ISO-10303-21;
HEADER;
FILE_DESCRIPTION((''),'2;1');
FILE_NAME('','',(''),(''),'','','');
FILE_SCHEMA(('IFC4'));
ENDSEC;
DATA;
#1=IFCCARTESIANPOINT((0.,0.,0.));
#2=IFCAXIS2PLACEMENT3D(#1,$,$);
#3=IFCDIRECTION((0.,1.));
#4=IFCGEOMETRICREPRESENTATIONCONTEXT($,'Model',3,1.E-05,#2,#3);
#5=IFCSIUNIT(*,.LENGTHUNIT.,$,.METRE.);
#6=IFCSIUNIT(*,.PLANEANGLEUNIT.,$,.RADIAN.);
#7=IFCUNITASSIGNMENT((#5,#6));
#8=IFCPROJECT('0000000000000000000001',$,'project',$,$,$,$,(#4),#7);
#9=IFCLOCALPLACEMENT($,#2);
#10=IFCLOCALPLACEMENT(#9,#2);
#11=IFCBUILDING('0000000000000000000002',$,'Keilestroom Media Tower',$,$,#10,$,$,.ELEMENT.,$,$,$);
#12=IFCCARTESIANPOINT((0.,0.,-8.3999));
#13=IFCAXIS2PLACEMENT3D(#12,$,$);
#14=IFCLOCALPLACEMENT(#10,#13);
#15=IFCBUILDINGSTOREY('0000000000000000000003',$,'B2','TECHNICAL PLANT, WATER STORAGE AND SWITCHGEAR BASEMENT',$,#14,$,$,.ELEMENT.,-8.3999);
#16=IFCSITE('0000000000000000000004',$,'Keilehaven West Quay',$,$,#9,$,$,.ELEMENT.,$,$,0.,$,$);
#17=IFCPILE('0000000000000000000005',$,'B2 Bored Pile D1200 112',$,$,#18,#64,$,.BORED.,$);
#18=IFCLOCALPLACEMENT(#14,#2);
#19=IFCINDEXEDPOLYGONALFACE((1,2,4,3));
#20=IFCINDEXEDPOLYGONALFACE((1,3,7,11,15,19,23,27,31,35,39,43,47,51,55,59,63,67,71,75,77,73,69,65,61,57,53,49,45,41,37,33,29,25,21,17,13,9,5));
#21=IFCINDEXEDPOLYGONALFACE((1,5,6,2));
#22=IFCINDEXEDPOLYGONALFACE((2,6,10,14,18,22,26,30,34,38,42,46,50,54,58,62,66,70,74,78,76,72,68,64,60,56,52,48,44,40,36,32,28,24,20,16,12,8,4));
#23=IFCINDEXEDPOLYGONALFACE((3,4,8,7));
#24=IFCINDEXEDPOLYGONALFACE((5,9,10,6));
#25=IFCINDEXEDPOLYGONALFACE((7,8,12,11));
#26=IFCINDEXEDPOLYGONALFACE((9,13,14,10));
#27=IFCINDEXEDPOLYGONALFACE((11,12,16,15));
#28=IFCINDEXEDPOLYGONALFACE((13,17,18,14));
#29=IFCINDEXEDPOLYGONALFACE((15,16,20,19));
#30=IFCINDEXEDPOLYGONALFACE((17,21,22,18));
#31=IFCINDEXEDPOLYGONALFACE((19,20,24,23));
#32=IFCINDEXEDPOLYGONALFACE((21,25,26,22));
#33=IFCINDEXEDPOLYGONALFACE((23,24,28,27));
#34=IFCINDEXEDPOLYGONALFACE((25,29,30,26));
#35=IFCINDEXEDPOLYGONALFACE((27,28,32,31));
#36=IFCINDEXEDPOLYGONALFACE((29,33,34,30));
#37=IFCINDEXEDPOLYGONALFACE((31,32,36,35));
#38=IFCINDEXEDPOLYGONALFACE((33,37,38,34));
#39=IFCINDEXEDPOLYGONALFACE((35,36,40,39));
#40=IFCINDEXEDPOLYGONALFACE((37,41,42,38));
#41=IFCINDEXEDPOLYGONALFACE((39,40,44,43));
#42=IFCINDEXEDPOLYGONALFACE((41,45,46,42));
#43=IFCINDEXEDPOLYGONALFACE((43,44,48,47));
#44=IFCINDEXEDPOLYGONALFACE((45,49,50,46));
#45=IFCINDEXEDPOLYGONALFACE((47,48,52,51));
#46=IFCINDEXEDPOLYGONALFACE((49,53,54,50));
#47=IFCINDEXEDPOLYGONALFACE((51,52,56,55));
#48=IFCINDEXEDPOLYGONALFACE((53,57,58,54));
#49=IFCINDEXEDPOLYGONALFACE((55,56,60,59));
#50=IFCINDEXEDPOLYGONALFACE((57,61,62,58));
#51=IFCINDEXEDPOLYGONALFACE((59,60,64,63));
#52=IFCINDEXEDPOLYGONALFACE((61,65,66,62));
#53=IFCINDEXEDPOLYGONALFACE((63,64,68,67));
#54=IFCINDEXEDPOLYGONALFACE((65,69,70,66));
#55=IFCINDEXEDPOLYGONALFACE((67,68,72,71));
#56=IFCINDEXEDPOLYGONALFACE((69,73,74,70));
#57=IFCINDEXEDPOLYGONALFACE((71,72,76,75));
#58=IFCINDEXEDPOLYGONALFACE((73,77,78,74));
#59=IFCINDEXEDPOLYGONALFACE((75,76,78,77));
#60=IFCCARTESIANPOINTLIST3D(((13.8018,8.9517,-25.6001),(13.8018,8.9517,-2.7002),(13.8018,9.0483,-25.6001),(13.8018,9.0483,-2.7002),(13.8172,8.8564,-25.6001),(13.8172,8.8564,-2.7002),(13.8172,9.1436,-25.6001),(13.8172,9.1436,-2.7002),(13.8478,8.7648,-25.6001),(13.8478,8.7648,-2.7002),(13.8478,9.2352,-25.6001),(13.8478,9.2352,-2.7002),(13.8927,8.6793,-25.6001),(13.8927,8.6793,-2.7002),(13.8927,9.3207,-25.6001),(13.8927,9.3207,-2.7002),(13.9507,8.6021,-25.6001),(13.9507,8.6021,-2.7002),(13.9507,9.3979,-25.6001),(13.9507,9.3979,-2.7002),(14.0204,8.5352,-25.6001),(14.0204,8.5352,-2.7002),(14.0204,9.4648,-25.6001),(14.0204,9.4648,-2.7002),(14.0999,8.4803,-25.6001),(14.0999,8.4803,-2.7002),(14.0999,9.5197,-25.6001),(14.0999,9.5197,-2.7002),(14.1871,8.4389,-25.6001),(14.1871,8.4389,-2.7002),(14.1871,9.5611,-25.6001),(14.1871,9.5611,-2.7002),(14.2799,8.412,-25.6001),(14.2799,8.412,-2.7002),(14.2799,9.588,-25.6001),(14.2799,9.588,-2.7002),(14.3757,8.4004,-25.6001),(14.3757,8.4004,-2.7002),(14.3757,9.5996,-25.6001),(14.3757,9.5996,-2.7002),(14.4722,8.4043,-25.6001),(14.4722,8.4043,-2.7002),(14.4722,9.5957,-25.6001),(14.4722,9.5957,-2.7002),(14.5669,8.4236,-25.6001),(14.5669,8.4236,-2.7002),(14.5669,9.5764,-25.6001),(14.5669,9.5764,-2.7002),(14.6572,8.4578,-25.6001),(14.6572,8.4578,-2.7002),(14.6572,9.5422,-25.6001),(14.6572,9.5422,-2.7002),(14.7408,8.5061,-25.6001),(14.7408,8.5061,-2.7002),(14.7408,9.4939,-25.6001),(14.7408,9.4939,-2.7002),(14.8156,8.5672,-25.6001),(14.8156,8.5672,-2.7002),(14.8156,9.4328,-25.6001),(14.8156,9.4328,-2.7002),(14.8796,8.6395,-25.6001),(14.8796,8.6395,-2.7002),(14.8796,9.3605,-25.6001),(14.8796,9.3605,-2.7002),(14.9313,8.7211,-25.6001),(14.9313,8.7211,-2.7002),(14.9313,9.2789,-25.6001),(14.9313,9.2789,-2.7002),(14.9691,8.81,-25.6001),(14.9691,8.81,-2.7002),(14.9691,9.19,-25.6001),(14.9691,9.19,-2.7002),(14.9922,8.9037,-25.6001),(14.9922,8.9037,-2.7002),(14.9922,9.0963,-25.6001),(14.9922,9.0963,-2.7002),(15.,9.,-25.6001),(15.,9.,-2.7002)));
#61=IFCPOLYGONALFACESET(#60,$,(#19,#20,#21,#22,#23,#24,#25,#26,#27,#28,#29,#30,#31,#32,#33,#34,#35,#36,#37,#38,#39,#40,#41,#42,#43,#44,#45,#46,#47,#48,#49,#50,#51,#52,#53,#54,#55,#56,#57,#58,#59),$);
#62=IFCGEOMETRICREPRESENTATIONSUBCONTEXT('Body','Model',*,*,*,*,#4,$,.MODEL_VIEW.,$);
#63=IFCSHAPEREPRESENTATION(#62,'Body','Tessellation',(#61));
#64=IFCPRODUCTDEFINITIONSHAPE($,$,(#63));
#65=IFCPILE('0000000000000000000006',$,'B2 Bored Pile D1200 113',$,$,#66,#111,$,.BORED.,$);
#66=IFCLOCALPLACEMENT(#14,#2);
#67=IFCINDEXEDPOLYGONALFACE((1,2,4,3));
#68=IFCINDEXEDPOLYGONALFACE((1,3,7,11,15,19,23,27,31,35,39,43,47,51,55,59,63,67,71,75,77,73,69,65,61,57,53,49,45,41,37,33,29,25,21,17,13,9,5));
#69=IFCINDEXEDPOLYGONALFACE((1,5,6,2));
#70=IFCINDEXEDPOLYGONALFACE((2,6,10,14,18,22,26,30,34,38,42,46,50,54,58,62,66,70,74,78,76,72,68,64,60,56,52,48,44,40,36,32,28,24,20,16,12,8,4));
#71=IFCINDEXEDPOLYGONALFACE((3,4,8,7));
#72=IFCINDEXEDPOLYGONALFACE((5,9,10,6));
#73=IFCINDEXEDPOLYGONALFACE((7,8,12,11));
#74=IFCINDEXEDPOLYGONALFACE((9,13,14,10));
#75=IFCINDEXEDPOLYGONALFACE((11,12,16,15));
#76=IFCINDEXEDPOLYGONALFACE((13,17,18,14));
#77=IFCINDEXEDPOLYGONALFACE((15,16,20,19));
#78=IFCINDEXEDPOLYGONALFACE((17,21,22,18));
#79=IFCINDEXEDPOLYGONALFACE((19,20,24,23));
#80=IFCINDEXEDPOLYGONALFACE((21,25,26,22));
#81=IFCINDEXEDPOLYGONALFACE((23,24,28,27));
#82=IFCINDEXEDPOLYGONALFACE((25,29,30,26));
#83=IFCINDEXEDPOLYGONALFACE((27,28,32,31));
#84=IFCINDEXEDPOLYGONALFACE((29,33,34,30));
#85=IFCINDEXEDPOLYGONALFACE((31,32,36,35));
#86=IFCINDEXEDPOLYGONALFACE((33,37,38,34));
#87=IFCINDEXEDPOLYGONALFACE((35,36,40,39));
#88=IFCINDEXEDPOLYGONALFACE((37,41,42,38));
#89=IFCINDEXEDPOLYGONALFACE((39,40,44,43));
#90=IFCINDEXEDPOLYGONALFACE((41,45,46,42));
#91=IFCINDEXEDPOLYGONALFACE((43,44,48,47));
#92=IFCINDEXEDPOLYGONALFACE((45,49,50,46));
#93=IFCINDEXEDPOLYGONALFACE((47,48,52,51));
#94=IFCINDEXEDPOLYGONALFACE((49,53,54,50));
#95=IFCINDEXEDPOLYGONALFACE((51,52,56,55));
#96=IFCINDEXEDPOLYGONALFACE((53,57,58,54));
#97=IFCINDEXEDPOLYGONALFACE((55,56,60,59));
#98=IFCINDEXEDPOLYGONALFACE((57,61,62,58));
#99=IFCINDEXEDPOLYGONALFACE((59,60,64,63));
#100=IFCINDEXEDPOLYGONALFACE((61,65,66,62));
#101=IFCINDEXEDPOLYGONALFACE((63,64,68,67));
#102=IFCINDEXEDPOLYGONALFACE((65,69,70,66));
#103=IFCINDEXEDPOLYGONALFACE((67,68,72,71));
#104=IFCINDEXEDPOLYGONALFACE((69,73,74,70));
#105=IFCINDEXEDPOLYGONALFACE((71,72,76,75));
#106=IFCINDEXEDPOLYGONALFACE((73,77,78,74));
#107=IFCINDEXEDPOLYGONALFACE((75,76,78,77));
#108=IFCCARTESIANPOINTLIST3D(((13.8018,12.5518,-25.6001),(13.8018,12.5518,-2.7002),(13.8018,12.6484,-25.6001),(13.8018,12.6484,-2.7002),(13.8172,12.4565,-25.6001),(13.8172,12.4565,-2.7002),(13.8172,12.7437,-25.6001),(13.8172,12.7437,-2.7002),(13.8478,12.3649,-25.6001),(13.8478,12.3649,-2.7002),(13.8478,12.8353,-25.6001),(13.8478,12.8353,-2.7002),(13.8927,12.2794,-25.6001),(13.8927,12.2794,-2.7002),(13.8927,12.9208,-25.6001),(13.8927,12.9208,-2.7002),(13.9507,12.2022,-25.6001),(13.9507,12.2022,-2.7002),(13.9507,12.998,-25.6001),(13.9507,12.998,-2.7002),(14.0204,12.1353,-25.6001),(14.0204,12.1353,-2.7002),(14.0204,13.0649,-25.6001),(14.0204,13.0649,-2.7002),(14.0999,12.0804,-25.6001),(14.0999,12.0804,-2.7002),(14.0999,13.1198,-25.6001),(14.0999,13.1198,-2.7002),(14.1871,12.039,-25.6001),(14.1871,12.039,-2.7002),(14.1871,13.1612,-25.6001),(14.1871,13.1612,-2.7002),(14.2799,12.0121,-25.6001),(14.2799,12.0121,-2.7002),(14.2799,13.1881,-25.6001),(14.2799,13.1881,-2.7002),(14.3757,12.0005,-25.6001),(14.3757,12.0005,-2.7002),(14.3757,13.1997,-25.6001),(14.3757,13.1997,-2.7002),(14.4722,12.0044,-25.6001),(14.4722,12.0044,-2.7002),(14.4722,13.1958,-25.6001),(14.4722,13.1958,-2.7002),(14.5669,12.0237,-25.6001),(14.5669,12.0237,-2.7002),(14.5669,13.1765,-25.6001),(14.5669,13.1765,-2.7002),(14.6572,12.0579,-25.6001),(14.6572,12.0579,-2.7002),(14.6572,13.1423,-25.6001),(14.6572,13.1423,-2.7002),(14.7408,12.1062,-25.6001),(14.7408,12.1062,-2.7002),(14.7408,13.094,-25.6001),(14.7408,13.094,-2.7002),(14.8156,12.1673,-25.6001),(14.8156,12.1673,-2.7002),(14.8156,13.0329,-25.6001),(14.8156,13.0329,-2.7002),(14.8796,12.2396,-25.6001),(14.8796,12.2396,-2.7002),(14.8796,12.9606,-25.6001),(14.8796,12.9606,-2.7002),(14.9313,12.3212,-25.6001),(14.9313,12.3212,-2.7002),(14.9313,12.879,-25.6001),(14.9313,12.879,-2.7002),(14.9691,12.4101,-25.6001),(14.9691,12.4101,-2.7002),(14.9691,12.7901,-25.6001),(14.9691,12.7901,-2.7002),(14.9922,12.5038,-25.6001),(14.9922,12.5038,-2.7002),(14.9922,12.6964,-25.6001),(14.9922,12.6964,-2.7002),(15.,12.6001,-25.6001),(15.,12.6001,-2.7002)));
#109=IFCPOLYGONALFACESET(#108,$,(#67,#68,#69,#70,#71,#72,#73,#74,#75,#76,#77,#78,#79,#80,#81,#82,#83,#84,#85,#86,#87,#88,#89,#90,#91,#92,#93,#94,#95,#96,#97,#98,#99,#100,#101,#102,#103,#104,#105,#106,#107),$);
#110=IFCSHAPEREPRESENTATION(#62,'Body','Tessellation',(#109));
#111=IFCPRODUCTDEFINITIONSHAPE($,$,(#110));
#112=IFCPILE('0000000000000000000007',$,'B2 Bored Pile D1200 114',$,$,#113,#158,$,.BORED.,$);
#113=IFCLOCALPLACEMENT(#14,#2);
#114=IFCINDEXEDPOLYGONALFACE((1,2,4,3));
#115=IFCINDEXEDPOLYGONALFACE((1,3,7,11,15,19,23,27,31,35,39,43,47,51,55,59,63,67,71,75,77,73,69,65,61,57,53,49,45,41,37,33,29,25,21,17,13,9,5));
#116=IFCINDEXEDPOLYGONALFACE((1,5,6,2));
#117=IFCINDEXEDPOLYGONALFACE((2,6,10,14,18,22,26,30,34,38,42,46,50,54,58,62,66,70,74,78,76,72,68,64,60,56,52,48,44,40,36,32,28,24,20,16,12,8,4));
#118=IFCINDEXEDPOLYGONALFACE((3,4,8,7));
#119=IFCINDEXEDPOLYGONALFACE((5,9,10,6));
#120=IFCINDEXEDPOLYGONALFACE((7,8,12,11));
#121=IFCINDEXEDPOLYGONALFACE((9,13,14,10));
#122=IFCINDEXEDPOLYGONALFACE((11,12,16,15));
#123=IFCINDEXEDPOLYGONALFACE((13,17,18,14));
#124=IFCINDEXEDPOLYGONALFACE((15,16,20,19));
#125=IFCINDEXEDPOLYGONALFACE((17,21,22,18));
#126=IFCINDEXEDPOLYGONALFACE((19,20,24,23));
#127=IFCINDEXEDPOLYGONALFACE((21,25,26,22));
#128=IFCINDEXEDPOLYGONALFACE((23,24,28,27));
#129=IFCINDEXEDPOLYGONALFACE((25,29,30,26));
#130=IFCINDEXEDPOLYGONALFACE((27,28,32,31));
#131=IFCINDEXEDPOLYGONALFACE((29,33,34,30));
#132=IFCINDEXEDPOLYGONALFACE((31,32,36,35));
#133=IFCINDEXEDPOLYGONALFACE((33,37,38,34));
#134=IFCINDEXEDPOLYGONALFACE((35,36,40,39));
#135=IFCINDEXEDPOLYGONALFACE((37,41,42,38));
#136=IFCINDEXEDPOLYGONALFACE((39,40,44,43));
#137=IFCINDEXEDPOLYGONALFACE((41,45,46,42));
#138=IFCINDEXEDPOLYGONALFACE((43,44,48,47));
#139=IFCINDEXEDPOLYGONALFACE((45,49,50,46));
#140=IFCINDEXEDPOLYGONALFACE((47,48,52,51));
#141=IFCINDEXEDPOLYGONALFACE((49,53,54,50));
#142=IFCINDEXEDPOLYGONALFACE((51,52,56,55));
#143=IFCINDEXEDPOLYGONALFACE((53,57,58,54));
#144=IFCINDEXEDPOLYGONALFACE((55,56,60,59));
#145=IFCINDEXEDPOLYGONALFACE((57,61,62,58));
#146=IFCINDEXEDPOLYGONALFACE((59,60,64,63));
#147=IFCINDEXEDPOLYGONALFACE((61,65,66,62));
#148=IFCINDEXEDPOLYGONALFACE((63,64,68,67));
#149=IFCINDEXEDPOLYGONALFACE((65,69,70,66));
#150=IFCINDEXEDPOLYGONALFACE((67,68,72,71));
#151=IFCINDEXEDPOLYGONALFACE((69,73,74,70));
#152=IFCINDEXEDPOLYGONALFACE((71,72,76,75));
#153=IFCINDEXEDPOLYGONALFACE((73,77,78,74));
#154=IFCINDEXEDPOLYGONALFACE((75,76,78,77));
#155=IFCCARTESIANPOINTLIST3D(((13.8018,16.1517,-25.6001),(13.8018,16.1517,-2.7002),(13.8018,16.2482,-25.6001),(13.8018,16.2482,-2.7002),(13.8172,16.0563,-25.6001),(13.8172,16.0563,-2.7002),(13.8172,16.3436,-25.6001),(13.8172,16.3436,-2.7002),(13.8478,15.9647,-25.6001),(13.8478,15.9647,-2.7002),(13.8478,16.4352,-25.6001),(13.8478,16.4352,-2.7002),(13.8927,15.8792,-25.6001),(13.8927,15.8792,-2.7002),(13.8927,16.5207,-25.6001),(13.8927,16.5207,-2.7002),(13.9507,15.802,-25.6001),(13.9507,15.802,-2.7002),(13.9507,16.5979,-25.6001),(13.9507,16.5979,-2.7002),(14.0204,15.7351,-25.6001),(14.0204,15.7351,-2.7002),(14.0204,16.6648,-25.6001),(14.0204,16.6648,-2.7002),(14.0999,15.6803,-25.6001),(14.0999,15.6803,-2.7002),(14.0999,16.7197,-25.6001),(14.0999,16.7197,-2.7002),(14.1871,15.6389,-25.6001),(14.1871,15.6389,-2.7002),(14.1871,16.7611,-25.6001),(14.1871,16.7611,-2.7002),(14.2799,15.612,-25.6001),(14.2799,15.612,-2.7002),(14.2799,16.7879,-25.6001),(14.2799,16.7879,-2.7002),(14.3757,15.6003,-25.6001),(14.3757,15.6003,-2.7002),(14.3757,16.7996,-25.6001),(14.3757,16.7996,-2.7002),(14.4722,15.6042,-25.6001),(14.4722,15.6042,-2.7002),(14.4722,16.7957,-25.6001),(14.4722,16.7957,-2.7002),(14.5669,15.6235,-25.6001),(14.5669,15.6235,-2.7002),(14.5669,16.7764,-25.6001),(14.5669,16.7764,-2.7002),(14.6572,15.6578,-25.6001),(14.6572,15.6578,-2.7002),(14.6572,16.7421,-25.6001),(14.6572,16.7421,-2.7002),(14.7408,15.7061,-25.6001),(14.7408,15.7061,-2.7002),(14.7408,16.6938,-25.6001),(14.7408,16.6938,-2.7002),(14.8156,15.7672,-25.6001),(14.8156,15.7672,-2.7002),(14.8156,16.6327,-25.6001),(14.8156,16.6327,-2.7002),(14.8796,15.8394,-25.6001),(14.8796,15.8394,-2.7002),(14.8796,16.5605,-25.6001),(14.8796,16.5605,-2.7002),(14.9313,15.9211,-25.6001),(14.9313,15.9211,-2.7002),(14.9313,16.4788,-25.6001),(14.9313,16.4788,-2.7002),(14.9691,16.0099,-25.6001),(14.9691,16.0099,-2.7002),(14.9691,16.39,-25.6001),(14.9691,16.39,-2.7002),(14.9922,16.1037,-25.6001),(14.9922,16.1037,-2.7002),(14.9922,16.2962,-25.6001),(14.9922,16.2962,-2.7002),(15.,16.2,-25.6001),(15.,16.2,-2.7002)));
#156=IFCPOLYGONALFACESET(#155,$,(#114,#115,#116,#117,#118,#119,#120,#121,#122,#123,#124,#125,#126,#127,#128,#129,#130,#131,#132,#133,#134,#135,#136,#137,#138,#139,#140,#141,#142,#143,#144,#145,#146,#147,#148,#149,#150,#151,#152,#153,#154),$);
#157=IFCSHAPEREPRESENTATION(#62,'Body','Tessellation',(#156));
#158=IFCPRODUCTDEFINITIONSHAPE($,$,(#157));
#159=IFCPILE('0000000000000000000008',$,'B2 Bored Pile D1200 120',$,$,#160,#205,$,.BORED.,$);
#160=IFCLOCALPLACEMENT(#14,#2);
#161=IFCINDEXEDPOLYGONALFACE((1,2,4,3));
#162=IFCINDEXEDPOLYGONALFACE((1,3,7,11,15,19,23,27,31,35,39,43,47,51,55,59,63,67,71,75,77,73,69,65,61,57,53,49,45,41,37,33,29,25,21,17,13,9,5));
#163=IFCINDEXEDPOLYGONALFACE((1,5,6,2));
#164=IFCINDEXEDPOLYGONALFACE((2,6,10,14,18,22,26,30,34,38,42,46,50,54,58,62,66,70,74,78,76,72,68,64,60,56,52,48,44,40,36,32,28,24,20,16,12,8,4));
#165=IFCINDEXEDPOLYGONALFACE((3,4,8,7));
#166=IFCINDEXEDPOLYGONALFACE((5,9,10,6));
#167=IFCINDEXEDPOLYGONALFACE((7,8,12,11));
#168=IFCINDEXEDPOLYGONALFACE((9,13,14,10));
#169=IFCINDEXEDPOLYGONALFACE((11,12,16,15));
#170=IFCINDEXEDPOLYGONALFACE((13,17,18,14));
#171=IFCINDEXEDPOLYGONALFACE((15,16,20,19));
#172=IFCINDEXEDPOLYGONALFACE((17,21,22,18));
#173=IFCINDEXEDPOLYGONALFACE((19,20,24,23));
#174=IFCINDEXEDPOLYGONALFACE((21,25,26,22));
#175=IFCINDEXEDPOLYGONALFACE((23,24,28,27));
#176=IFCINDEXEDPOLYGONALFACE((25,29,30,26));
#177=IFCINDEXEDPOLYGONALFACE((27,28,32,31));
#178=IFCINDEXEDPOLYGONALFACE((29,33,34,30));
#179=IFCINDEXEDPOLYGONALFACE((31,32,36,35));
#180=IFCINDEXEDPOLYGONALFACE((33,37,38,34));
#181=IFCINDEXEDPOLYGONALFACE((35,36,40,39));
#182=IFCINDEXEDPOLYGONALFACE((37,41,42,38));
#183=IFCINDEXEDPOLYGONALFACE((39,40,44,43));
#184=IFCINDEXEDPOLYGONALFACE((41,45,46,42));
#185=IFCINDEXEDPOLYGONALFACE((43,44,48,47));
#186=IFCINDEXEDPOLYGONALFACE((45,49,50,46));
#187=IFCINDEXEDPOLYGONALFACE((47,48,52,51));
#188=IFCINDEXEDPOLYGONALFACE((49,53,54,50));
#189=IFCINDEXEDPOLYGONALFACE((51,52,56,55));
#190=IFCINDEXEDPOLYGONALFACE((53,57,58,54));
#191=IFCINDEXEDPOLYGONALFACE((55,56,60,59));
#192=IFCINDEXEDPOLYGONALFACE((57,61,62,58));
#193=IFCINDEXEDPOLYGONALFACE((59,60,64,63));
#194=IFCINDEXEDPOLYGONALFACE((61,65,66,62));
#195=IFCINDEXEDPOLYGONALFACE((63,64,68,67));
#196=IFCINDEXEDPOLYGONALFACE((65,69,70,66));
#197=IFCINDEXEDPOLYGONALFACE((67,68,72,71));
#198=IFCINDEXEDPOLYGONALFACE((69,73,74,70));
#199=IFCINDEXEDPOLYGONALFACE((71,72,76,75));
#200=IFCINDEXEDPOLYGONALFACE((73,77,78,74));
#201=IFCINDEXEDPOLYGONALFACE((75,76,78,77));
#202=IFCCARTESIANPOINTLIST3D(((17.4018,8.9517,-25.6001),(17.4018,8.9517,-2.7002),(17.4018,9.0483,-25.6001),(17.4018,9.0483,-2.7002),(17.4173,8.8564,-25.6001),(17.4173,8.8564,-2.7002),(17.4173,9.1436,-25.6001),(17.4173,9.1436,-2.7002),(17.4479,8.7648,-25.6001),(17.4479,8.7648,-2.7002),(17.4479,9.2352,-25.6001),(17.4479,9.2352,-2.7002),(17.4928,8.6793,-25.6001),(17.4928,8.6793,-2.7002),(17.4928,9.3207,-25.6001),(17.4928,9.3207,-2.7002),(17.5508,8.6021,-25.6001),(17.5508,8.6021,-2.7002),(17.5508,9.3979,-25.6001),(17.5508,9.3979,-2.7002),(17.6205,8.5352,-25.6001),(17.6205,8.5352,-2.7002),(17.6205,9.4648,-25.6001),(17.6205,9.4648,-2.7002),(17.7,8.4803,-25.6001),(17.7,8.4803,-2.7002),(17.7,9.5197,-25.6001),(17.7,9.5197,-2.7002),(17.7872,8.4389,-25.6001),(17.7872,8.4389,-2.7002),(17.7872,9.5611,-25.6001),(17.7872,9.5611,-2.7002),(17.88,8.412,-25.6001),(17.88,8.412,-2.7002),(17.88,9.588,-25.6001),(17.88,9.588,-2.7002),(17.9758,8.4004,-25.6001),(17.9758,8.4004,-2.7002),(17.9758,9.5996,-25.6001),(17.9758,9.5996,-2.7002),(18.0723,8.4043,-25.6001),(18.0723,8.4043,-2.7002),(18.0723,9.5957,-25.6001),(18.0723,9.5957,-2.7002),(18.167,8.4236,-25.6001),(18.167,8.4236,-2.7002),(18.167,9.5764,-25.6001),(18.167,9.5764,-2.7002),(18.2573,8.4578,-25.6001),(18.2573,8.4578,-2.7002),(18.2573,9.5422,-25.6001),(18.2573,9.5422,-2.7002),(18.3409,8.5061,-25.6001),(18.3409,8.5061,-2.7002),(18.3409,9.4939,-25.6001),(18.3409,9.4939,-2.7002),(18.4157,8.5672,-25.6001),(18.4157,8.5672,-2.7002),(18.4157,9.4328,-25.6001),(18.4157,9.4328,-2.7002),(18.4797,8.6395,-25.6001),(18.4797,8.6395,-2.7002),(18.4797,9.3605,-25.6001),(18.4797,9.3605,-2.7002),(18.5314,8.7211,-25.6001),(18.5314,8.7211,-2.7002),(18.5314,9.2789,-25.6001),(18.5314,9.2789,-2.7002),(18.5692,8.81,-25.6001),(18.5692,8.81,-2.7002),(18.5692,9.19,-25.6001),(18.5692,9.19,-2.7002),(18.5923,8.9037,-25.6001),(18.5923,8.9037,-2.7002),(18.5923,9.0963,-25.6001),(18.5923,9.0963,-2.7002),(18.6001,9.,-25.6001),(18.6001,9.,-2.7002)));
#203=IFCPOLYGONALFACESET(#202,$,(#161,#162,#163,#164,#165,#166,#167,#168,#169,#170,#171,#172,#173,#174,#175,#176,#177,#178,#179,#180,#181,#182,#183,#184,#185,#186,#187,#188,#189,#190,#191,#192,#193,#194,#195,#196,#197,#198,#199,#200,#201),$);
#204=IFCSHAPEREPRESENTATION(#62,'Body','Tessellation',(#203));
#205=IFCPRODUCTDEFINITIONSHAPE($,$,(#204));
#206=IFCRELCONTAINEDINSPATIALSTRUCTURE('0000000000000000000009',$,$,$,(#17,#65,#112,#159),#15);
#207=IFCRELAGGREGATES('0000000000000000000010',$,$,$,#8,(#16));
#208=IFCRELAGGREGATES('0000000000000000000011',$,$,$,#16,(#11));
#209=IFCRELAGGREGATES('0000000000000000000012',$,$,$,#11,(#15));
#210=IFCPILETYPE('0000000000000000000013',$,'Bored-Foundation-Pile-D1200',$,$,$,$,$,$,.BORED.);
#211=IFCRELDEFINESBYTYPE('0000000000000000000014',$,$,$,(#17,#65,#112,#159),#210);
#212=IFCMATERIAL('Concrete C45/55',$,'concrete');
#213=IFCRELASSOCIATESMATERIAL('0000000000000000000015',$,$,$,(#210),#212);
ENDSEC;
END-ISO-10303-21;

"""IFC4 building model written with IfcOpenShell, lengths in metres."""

from ifc_helpers import new_model, si_unit, direction, frame, origin, origin_2d, place, context, subcontext, project, spatial, circle, extrude, source, transform, mapped, material, material_profile, profile_set, type_object, element, save


model = new_model("IFC4")

# Units and contexts
model_context = context("Model", 3, precision=1e-05, world=origin(), true_north=direction((0.0, 1.0)))
body_context = subcontext(model_context, "Body", "Model", "MODEL_VIEW")
ifc_project = project(units=[si_unit("LENGTHUNIT", "METRE"), si_unit("PLANEANGLEUNIT", "RADIAN")], contexts=[model_context])

# Site, building, storey
site_placement = place(None, origin())
site = spatial("IfcSite", under=ifc_project, at=site_placement, Name="Keilehaven West Quay", CompositionType="ELEMENT", RefElevation=0.0)
building_placement = place(site_placement, origin())
building = spatial("IfcBuilding", under=site, at=building_placement, Name="Keilestroom Media Tower", CompositionType="ELEMENT")
storey_placement = place(building_placement, frame((0.0, 0.0, -8.3999)))
storey = spatial("IfcBuildingStorey", under=building, at=storey_placement, Name="B2", Description="TECHNICAL PLANT, WATER STORAGE AND SWITCHGEAR BASEMENT", CompositionType="ELEMENT", Elevation=-8.3999)

# Piles
ifc_material_1 = material(Name="Concrete C45/55", Category="concrete")
ifc_material_profile_1 = material_profile(ifc_material_1, circle(Radius=0.6001, at=origin_2d()), Name="BORED PILE D1200")
ifc_profile_set_1 = profile_set([ifc_material_profile_1], Name="Concrete C45/55")
pile_type_1 = type_object("IfcPileType", Name="Bored-Foundation-Pile-D1200", PredefinedType="BORED", material=ifc_profile_set_1)
shared_shape_1 = source(origin(), body_context, "Body", "SweptSolid", [
    extrude(circle(Radius=0.6001, at=origin_2d()), origin(), (0.0, 0.0, 1.0), 22.8999),
])
for number, where, z_axis, x_axis, name in (
    (1, (14.3999, 9.0, -2.7002), (0.0, 0.0, -1.0), (1.0, 0.0, 0.0), "B2 Bored Pile D1200 112"),
    (2, (14.3999, 12.6001, -2.7002), (0.0, 0.0, -1.0), (1.0, 0.0, 0.0), "B2 Bored Pile D1200 113"),
    (3, (14.3999, 16.2, -2.7002), (0.0, 0.0, -1.0), (1.0, 0.0, 0.0), "B2 Bored Pile D1200 114"),
    (4, (18.0, 9.0, -2.7002), (0.0, 0.0, -1.0), (1.0, 0.0, 0.0), "B2 Bored Pile D1200 120"),
):
    element("IfcPile", number, at=place(storey_placement, frame(where, z_axis=z_axis, x_axis=x_axis)), inside=storey, type_object=pile_type_1, Name=name, PredefinedType="BORED", context=body_context, shape_type="MappedRepresentation", body=[
        mapped(shared_shape_1, transform((0.0, 0.0, 0.0), x_axis=(1.0, 0.0, 0.0), y_axis=(0.0, 1.0, 0.0), z_axis=(0.0, 0.0, 1.0), scale=1.0)),
    ])

save(model, "model.ifc")
